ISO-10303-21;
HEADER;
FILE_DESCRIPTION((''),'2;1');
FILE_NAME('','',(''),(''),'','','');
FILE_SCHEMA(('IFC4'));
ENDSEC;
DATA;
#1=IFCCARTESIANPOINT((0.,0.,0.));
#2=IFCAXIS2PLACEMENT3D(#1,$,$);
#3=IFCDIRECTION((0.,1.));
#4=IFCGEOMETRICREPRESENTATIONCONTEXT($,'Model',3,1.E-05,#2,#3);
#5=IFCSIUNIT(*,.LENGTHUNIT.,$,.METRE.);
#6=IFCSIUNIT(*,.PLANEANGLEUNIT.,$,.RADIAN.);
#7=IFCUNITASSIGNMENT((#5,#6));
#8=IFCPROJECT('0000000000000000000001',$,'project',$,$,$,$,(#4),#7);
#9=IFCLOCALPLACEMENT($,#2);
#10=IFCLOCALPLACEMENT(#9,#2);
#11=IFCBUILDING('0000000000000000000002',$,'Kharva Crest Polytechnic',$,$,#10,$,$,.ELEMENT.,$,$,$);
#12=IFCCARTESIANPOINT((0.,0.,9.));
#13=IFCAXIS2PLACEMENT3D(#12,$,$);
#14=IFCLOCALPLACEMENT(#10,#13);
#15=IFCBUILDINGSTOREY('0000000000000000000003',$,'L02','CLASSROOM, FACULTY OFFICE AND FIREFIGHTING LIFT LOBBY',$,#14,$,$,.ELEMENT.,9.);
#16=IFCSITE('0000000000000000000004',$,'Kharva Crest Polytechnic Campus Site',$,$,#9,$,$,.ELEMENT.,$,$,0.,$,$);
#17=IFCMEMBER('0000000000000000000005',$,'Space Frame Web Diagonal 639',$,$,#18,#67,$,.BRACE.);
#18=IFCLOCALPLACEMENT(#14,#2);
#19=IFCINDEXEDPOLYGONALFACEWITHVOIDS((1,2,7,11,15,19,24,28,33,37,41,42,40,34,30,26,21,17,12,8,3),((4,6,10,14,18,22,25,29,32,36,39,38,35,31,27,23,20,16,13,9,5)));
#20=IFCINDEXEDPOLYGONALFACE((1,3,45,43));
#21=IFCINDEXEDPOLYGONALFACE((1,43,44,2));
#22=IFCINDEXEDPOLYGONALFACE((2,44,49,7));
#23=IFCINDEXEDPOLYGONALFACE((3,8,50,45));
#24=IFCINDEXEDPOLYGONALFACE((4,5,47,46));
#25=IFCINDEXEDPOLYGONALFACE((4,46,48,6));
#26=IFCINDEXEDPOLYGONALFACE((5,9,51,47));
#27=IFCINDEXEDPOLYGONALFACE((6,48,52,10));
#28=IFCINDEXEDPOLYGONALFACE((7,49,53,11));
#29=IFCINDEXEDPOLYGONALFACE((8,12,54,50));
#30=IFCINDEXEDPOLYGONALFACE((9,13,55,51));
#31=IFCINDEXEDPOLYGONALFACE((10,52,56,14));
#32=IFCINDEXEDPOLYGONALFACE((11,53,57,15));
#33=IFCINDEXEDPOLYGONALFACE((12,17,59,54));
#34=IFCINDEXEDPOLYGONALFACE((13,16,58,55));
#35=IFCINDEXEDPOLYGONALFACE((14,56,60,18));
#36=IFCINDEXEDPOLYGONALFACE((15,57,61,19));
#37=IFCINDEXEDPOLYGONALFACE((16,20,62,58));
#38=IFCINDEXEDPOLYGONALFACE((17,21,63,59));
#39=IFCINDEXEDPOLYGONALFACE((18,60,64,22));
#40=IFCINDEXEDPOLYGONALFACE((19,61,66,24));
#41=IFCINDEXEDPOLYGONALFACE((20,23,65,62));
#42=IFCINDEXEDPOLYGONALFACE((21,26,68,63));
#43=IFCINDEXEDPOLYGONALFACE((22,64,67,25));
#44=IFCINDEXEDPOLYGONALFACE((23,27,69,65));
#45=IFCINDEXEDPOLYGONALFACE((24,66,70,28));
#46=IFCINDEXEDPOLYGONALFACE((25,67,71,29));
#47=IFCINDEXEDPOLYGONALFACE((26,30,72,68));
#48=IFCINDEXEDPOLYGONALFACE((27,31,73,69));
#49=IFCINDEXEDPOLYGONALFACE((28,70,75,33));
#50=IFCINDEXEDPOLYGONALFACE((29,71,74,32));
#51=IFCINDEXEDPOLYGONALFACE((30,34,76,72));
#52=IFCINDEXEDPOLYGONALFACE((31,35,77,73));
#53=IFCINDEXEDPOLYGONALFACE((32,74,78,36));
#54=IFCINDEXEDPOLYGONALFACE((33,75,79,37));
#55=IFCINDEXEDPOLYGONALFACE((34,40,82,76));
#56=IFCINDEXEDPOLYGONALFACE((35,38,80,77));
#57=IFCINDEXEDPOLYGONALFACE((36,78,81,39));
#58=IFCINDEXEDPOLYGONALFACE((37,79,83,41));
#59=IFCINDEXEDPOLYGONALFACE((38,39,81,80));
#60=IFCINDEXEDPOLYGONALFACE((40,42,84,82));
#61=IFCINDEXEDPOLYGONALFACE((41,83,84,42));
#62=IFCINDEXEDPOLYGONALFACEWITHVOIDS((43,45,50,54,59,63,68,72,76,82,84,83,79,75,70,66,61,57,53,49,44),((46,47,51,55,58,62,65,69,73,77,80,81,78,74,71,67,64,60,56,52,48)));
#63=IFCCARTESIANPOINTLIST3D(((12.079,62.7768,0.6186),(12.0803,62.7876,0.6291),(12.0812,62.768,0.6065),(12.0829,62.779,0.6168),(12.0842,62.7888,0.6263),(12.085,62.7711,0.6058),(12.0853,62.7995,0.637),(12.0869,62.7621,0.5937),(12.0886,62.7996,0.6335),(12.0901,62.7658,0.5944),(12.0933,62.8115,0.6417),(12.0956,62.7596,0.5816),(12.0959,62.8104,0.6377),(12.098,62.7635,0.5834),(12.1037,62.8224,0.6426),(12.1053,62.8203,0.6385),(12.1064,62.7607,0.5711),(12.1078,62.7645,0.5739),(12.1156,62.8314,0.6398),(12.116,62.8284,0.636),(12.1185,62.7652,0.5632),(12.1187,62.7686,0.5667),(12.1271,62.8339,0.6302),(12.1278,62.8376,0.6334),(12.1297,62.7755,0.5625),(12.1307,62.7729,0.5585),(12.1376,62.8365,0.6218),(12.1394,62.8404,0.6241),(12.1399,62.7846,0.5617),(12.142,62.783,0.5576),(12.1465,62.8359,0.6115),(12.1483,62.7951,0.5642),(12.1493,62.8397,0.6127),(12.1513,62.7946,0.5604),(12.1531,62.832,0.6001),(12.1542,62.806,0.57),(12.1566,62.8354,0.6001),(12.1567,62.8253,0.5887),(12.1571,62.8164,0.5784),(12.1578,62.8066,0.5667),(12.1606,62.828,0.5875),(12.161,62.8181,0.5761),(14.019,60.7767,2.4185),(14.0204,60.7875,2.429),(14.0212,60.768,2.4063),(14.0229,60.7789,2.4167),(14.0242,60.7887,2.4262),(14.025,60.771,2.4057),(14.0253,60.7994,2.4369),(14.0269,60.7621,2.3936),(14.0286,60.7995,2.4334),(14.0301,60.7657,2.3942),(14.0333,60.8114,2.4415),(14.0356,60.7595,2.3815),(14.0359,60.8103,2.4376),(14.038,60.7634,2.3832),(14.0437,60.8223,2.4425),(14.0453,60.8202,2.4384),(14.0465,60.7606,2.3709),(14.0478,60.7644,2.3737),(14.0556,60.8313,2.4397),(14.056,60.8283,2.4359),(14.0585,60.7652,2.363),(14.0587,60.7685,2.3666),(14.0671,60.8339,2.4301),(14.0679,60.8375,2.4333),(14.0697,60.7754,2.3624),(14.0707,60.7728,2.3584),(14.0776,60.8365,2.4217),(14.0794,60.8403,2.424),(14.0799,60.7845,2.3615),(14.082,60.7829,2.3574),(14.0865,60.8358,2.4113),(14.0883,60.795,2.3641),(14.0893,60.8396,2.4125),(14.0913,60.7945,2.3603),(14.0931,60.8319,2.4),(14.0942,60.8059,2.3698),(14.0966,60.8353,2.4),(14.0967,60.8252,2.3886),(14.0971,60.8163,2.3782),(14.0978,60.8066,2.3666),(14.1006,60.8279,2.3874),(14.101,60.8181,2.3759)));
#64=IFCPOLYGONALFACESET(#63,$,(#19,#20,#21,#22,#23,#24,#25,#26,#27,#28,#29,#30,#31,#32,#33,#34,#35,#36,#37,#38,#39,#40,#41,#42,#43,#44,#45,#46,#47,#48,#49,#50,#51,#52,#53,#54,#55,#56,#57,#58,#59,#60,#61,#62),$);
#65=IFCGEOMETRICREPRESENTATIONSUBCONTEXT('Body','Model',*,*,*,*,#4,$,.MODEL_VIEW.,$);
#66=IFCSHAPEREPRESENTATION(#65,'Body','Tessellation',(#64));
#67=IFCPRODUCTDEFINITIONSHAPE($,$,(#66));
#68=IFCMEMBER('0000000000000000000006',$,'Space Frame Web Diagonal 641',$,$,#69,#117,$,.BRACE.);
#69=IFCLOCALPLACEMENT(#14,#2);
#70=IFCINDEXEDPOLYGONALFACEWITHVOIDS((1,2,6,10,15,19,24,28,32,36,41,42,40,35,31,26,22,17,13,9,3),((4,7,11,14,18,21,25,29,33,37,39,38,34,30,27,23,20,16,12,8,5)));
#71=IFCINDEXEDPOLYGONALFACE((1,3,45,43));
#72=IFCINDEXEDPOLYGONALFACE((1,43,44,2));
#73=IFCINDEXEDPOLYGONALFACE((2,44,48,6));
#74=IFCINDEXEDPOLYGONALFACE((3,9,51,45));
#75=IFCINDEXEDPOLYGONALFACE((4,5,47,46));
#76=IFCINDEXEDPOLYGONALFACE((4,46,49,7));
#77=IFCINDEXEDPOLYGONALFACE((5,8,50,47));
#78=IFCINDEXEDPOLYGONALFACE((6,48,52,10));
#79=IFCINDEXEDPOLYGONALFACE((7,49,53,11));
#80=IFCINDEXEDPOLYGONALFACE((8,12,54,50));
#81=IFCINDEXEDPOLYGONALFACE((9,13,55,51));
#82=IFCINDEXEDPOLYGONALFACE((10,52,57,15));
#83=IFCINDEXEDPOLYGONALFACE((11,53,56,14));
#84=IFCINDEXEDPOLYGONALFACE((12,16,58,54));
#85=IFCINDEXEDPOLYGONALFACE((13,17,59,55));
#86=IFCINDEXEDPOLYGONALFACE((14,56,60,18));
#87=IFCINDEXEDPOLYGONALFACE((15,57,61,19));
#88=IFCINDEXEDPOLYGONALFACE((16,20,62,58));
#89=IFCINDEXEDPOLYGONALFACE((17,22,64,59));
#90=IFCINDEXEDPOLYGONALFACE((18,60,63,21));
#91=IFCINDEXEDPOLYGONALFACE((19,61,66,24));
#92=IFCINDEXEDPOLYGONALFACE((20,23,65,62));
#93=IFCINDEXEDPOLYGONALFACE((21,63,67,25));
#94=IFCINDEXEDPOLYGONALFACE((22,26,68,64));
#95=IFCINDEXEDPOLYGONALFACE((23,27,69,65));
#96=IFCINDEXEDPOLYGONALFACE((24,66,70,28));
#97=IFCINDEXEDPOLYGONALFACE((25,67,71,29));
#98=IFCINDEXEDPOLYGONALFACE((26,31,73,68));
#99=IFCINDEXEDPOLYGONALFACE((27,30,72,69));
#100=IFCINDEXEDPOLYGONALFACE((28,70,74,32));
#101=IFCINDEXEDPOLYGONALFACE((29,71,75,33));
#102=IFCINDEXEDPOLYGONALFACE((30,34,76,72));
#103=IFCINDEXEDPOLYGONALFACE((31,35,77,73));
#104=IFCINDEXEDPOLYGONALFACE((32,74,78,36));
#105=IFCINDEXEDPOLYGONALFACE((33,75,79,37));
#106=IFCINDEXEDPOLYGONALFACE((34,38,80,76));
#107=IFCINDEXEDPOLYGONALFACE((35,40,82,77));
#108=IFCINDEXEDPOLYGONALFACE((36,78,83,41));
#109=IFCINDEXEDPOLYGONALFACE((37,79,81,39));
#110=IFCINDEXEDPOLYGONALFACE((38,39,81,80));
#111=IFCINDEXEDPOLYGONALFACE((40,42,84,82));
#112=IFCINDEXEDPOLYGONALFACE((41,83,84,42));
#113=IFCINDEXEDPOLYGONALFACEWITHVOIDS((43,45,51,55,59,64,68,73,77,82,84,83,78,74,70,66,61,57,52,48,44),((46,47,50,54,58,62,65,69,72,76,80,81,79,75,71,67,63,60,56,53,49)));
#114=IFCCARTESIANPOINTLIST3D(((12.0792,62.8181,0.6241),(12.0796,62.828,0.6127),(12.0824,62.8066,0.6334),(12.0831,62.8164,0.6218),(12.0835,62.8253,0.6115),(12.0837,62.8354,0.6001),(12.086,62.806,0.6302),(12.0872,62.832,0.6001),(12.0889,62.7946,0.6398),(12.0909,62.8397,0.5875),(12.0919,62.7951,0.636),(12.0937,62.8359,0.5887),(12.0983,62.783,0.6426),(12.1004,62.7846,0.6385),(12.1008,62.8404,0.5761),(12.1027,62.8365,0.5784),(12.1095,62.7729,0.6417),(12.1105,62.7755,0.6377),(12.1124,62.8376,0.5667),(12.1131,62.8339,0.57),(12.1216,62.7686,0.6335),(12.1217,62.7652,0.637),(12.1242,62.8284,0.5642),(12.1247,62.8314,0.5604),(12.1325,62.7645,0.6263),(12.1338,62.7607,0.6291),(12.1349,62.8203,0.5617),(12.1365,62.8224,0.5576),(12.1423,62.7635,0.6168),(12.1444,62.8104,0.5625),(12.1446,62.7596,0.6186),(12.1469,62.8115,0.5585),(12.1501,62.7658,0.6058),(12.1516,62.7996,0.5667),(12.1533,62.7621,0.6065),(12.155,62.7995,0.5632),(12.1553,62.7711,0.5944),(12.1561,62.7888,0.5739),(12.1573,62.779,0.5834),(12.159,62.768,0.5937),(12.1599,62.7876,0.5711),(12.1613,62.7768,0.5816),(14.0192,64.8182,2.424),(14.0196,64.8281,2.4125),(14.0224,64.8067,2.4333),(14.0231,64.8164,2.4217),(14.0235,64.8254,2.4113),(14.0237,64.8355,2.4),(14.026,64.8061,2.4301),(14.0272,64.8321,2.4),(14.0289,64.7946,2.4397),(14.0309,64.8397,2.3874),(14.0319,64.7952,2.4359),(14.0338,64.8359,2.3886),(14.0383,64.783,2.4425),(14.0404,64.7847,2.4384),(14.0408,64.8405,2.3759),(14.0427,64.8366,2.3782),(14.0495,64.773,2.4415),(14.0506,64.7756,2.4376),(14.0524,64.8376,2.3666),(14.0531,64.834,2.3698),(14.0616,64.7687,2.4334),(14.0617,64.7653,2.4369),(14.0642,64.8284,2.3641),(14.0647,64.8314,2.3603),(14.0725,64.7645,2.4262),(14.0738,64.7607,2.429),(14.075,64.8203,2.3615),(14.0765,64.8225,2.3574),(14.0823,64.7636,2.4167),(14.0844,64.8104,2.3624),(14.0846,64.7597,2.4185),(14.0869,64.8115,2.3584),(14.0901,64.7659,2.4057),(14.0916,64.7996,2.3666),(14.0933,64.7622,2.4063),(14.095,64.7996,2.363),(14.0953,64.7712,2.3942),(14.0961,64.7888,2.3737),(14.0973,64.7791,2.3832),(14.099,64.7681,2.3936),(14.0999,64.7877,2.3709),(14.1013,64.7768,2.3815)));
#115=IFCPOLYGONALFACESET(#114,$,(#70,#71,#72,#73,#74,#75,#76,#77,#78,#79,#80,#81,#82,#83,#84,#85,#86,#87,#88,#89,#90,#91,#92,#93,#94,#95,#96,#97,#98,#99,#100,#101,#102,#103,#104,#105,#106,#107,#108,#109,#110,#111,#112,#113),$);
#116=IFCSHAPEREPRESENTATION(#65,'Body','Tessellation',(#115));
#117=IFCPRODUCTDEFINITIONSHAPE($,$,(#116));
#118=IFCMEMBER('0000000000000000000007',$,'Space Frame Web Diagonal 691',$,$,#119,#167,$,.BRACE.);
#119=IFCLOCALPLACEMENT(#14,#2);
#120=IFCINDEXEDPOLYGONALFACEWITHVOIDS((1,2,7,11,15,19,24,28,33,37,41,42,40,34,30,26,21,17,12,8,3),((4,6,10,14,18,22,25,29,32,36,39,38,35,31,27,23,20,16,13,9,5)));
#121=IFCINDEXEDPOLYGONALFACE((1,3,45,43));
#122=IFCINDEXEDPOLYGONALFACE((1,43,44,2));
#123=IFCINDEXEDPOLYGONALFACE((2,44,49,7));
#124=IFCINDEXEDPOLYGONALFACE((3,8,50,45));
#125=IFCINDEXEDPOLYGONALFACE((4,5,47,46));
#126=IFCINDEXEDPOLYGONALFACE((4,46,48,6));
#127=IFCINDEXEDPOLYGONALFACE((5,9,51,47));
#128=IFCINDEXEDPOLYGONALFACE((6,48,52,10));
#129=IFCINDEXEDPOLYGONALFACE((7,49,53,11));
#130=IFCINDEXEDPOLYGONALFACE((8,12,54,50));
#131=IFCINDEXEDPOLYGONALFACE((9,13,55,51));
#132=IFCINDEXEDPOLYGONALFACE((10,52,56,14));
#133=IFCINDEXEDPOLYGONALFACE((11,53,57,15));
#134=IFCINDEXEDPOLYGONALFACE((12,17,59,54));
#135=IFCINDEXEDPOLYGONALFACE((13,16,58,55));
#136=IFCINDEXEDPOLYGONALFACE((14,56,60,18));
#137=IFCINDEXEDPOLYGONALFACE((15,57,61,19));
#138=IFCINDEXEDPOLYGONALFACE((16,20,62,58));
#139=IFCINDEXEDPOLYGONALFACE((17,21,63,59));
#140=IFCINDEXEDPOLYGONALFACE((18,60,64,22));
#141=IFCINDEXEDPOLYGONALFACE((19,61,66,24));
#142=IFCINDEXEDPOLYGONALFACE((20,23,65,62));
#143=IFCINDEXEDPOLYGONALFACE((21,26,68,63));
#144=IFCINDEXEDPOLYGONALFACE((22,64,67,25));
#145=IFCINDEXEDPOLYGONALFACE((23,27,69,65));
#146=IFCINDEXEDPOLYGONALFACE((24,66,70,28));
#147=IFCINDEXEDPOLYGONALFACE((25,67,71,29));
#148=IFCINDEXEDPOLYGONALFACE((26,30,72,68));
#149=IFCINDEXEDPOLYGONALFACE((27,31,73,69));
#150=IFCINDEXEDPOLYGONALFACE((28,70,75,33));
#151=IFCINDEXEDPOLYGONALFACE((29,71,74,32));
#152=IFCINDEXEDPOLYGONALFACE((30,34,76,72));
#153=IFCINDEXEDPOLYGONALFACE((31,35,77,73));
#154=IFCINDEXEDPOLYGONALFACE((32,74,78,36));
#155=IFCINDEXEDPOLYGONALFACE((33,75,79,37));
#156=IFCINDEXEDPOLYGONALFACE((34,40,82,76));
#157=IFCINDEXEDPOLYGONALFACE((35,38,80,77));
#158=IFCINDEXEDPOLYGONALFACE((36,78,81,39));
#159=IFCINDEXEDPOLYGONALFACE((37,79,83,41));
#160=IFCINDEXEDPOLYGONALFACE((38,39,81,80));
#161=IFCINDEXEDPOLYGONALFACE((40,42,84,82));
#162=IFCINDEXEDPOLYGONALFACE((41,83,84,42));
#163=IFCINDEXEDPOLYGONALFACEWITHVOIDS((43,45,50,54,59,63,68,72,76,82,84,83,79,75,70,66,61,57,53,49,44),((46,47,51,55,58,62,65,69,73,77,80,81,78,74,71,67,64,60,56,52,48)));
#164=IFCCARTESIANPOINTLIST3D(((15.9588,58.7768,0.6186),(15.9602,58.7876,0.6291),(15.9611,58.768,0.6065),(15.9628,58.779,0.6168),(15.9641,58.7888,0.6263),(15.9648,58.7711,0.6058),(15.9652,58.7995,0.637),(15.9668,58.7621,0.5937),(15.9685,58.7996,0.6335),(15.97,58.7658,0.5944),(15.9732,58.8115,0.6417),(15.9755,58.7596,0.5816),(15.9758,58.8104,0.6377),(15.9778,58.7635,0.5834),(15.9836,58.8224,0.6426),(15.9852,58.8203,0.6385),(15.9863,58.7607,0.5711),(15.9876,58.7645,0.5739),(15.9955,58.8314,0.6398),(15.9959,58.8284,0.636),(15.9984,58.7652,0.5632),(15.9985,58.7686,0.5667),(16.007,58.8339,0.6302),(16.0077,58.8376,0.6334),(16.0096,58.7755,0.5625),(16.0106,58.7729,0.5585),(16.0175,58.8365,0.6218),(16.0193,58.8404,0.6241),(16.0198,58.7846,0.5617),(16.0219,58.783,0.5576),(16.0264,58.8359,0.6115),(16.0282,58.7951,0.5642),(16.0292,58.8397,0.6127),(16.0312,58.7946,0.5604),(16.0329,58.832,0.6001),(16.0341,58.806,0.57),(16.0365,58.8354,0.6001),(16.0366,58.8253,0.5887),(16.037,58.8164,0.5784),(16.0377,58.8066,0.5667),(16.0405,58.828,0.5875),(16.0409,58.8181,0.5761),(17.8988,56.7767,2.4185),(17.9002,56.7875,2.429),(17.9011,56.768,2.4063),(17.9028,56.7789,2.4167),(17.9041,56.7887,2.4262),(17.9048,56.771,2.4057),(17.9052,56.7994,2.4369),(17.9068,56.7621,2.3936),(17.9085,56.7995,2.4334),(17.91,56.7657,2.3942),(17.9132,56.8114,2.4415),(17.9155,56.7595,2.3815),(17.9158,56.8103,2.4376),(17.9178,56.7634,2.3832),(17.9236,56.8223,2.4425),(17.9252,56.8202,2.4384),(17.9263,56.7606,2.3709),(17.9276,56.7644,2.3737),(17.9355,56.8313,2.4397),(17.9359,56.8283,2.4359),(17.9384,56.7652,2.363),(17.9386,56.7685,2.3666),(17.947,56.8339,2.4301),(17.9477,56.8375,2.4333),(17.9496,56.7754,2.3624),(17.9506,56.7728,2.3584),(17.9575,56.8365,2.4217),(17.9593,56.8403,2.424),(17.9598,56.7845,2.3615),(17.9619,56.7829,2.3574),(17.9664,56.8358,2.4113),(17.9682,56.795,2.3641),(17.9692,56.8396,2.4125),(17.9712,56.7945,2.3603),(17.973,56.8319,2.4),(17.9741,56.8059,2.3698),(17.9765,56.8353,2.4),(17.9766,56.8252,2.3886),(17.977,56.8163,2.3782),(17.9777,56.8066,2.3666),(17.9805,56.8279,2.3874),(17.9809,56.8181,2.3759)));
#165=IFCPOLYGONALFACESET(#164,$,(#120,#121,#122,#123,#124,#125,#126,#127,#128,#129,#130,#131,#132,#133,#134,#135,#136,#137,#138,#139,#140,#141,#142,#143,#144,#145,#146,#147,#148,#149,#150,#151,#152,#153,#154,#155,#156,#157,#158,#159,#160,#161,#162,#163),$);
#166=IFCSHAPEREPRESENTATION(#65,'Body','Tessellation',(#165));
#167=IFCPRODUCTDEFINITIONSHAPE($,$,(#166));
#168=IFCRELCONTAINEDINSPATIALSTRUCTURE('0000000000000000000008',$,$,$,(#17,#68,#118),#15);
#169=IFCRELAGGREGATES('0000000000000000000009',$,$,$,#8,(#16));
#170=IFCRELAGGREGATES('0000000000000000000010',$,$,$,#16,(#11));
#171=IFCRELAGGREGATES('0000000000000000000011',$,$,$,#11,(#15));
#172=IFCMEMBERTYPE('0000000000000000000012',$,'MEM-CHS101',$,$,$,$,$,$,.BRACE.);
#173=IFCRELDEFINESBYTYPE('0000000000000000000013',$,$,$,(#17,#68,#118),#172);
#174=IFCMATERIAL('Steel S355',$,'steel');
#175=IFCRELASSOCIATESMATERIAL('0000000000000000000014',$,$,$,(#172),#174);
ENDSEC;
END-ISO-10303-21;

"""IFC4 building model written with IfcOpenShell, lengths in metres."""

from ifc_helpers import new_model, si_unit, direction, frame, origin, origin_2d, place, context, subcontext, project, spatial, hollow_circle, extrude, material, material_profile, profile_set, type_object, element, save


model = new_model("IFC4")

# Units and contexts
model_context = context("Model", 3, precision=1e-05, world=origin(), true_north=direction((0.0, 1.0)))
body_context = subcontext(model_context, "Body", "Model", "MODEL_VIEW")
ifc_project = project(units=[si_unit("LENGTHUNIT", "METRE"), si_unit("PLANEANGLEUNIT", "RADIAN")], contexts=[model_context])

# Site, building, storey
site_placement = place(None, origin())
site = spatial("IfcSite", under=ifc_project, at=site_placement, Name="Kharva Crest Polytechnic Campus Site", CompositionType="ELEMENT", RefElevation=0.0)
building_placement = place(site_placement, origin())
building = spatial("IfcBuilding", under=site, at=building_placement, Name="Kharva Crest Polytechnic", CompositionType="ELEMENT")
storey_placement = place(building_placement, frame((0.0, 0.0, 9.0)))
storey = spatial("IfcBuildingStorey", under=building, at=storey_placement, Name="L02", Description="CLASSROOM, FACULTY OFFICE AND FIREFIGHTING LIFT LOBBY", CompositionType="ELEMENT", Elevation=9.0)

# Shared definitions
ifc_material_1 = material(Name="Steel S355", Category="steel")

# Members
ifc_material_profile_1 = material_profile(ifc_material_1, hollow_circle(Radius=0.0508, WallThickness=0.0049, at=origin_2d()), Name="CHS 101.6X5.0")
ifc_profile_set_1 = profile_set([ifc_material_profile_1], Name="Steel S355")
member_type_1 = type_object("IfcMemberType", Name="MEM-CHS101", PredefinedType="BRACE", material=ifc_profile_set_1)
for number, where, z_axis, x_axis, name in (
    (1, (12.1201, 62.8, 0.6001), (0.584843, -0.60295, 0.542596), (0.717802, 0.696247, 0.0), "Space Frame Web Diagonal 639"),
    (2, (12.1201, 62.8, 0.6001), (0.584843, 0.60295, 0.542596), (-0.717802, 0.696247, 0.0), "Space Frame Web Diagonal 641"),
    (3, (16.0, 58.8, 0.6001), (0.584843, -0.60295, 0.542596), (0.717802, 0.696247, 0.0), "Space Frame Web Diagonal 691"),
):
    element("IfcMember", number, at=place(storey_placement, frame(where, z_axis=z_axis, x_axis=x_axis)), inside=storey, type_object=member_type_1, Name=name, PredefinedType="BRACE", context=body_context, shape_type="SweptSolid", body=[
        extrude(hollow_circle(Radius=0.0508, WallThickness=0.0049, at=origin_2d()), origin(), (0.0, 0.0, 1.0), 3.3171),
    ])

save(model, "model.ifc")
